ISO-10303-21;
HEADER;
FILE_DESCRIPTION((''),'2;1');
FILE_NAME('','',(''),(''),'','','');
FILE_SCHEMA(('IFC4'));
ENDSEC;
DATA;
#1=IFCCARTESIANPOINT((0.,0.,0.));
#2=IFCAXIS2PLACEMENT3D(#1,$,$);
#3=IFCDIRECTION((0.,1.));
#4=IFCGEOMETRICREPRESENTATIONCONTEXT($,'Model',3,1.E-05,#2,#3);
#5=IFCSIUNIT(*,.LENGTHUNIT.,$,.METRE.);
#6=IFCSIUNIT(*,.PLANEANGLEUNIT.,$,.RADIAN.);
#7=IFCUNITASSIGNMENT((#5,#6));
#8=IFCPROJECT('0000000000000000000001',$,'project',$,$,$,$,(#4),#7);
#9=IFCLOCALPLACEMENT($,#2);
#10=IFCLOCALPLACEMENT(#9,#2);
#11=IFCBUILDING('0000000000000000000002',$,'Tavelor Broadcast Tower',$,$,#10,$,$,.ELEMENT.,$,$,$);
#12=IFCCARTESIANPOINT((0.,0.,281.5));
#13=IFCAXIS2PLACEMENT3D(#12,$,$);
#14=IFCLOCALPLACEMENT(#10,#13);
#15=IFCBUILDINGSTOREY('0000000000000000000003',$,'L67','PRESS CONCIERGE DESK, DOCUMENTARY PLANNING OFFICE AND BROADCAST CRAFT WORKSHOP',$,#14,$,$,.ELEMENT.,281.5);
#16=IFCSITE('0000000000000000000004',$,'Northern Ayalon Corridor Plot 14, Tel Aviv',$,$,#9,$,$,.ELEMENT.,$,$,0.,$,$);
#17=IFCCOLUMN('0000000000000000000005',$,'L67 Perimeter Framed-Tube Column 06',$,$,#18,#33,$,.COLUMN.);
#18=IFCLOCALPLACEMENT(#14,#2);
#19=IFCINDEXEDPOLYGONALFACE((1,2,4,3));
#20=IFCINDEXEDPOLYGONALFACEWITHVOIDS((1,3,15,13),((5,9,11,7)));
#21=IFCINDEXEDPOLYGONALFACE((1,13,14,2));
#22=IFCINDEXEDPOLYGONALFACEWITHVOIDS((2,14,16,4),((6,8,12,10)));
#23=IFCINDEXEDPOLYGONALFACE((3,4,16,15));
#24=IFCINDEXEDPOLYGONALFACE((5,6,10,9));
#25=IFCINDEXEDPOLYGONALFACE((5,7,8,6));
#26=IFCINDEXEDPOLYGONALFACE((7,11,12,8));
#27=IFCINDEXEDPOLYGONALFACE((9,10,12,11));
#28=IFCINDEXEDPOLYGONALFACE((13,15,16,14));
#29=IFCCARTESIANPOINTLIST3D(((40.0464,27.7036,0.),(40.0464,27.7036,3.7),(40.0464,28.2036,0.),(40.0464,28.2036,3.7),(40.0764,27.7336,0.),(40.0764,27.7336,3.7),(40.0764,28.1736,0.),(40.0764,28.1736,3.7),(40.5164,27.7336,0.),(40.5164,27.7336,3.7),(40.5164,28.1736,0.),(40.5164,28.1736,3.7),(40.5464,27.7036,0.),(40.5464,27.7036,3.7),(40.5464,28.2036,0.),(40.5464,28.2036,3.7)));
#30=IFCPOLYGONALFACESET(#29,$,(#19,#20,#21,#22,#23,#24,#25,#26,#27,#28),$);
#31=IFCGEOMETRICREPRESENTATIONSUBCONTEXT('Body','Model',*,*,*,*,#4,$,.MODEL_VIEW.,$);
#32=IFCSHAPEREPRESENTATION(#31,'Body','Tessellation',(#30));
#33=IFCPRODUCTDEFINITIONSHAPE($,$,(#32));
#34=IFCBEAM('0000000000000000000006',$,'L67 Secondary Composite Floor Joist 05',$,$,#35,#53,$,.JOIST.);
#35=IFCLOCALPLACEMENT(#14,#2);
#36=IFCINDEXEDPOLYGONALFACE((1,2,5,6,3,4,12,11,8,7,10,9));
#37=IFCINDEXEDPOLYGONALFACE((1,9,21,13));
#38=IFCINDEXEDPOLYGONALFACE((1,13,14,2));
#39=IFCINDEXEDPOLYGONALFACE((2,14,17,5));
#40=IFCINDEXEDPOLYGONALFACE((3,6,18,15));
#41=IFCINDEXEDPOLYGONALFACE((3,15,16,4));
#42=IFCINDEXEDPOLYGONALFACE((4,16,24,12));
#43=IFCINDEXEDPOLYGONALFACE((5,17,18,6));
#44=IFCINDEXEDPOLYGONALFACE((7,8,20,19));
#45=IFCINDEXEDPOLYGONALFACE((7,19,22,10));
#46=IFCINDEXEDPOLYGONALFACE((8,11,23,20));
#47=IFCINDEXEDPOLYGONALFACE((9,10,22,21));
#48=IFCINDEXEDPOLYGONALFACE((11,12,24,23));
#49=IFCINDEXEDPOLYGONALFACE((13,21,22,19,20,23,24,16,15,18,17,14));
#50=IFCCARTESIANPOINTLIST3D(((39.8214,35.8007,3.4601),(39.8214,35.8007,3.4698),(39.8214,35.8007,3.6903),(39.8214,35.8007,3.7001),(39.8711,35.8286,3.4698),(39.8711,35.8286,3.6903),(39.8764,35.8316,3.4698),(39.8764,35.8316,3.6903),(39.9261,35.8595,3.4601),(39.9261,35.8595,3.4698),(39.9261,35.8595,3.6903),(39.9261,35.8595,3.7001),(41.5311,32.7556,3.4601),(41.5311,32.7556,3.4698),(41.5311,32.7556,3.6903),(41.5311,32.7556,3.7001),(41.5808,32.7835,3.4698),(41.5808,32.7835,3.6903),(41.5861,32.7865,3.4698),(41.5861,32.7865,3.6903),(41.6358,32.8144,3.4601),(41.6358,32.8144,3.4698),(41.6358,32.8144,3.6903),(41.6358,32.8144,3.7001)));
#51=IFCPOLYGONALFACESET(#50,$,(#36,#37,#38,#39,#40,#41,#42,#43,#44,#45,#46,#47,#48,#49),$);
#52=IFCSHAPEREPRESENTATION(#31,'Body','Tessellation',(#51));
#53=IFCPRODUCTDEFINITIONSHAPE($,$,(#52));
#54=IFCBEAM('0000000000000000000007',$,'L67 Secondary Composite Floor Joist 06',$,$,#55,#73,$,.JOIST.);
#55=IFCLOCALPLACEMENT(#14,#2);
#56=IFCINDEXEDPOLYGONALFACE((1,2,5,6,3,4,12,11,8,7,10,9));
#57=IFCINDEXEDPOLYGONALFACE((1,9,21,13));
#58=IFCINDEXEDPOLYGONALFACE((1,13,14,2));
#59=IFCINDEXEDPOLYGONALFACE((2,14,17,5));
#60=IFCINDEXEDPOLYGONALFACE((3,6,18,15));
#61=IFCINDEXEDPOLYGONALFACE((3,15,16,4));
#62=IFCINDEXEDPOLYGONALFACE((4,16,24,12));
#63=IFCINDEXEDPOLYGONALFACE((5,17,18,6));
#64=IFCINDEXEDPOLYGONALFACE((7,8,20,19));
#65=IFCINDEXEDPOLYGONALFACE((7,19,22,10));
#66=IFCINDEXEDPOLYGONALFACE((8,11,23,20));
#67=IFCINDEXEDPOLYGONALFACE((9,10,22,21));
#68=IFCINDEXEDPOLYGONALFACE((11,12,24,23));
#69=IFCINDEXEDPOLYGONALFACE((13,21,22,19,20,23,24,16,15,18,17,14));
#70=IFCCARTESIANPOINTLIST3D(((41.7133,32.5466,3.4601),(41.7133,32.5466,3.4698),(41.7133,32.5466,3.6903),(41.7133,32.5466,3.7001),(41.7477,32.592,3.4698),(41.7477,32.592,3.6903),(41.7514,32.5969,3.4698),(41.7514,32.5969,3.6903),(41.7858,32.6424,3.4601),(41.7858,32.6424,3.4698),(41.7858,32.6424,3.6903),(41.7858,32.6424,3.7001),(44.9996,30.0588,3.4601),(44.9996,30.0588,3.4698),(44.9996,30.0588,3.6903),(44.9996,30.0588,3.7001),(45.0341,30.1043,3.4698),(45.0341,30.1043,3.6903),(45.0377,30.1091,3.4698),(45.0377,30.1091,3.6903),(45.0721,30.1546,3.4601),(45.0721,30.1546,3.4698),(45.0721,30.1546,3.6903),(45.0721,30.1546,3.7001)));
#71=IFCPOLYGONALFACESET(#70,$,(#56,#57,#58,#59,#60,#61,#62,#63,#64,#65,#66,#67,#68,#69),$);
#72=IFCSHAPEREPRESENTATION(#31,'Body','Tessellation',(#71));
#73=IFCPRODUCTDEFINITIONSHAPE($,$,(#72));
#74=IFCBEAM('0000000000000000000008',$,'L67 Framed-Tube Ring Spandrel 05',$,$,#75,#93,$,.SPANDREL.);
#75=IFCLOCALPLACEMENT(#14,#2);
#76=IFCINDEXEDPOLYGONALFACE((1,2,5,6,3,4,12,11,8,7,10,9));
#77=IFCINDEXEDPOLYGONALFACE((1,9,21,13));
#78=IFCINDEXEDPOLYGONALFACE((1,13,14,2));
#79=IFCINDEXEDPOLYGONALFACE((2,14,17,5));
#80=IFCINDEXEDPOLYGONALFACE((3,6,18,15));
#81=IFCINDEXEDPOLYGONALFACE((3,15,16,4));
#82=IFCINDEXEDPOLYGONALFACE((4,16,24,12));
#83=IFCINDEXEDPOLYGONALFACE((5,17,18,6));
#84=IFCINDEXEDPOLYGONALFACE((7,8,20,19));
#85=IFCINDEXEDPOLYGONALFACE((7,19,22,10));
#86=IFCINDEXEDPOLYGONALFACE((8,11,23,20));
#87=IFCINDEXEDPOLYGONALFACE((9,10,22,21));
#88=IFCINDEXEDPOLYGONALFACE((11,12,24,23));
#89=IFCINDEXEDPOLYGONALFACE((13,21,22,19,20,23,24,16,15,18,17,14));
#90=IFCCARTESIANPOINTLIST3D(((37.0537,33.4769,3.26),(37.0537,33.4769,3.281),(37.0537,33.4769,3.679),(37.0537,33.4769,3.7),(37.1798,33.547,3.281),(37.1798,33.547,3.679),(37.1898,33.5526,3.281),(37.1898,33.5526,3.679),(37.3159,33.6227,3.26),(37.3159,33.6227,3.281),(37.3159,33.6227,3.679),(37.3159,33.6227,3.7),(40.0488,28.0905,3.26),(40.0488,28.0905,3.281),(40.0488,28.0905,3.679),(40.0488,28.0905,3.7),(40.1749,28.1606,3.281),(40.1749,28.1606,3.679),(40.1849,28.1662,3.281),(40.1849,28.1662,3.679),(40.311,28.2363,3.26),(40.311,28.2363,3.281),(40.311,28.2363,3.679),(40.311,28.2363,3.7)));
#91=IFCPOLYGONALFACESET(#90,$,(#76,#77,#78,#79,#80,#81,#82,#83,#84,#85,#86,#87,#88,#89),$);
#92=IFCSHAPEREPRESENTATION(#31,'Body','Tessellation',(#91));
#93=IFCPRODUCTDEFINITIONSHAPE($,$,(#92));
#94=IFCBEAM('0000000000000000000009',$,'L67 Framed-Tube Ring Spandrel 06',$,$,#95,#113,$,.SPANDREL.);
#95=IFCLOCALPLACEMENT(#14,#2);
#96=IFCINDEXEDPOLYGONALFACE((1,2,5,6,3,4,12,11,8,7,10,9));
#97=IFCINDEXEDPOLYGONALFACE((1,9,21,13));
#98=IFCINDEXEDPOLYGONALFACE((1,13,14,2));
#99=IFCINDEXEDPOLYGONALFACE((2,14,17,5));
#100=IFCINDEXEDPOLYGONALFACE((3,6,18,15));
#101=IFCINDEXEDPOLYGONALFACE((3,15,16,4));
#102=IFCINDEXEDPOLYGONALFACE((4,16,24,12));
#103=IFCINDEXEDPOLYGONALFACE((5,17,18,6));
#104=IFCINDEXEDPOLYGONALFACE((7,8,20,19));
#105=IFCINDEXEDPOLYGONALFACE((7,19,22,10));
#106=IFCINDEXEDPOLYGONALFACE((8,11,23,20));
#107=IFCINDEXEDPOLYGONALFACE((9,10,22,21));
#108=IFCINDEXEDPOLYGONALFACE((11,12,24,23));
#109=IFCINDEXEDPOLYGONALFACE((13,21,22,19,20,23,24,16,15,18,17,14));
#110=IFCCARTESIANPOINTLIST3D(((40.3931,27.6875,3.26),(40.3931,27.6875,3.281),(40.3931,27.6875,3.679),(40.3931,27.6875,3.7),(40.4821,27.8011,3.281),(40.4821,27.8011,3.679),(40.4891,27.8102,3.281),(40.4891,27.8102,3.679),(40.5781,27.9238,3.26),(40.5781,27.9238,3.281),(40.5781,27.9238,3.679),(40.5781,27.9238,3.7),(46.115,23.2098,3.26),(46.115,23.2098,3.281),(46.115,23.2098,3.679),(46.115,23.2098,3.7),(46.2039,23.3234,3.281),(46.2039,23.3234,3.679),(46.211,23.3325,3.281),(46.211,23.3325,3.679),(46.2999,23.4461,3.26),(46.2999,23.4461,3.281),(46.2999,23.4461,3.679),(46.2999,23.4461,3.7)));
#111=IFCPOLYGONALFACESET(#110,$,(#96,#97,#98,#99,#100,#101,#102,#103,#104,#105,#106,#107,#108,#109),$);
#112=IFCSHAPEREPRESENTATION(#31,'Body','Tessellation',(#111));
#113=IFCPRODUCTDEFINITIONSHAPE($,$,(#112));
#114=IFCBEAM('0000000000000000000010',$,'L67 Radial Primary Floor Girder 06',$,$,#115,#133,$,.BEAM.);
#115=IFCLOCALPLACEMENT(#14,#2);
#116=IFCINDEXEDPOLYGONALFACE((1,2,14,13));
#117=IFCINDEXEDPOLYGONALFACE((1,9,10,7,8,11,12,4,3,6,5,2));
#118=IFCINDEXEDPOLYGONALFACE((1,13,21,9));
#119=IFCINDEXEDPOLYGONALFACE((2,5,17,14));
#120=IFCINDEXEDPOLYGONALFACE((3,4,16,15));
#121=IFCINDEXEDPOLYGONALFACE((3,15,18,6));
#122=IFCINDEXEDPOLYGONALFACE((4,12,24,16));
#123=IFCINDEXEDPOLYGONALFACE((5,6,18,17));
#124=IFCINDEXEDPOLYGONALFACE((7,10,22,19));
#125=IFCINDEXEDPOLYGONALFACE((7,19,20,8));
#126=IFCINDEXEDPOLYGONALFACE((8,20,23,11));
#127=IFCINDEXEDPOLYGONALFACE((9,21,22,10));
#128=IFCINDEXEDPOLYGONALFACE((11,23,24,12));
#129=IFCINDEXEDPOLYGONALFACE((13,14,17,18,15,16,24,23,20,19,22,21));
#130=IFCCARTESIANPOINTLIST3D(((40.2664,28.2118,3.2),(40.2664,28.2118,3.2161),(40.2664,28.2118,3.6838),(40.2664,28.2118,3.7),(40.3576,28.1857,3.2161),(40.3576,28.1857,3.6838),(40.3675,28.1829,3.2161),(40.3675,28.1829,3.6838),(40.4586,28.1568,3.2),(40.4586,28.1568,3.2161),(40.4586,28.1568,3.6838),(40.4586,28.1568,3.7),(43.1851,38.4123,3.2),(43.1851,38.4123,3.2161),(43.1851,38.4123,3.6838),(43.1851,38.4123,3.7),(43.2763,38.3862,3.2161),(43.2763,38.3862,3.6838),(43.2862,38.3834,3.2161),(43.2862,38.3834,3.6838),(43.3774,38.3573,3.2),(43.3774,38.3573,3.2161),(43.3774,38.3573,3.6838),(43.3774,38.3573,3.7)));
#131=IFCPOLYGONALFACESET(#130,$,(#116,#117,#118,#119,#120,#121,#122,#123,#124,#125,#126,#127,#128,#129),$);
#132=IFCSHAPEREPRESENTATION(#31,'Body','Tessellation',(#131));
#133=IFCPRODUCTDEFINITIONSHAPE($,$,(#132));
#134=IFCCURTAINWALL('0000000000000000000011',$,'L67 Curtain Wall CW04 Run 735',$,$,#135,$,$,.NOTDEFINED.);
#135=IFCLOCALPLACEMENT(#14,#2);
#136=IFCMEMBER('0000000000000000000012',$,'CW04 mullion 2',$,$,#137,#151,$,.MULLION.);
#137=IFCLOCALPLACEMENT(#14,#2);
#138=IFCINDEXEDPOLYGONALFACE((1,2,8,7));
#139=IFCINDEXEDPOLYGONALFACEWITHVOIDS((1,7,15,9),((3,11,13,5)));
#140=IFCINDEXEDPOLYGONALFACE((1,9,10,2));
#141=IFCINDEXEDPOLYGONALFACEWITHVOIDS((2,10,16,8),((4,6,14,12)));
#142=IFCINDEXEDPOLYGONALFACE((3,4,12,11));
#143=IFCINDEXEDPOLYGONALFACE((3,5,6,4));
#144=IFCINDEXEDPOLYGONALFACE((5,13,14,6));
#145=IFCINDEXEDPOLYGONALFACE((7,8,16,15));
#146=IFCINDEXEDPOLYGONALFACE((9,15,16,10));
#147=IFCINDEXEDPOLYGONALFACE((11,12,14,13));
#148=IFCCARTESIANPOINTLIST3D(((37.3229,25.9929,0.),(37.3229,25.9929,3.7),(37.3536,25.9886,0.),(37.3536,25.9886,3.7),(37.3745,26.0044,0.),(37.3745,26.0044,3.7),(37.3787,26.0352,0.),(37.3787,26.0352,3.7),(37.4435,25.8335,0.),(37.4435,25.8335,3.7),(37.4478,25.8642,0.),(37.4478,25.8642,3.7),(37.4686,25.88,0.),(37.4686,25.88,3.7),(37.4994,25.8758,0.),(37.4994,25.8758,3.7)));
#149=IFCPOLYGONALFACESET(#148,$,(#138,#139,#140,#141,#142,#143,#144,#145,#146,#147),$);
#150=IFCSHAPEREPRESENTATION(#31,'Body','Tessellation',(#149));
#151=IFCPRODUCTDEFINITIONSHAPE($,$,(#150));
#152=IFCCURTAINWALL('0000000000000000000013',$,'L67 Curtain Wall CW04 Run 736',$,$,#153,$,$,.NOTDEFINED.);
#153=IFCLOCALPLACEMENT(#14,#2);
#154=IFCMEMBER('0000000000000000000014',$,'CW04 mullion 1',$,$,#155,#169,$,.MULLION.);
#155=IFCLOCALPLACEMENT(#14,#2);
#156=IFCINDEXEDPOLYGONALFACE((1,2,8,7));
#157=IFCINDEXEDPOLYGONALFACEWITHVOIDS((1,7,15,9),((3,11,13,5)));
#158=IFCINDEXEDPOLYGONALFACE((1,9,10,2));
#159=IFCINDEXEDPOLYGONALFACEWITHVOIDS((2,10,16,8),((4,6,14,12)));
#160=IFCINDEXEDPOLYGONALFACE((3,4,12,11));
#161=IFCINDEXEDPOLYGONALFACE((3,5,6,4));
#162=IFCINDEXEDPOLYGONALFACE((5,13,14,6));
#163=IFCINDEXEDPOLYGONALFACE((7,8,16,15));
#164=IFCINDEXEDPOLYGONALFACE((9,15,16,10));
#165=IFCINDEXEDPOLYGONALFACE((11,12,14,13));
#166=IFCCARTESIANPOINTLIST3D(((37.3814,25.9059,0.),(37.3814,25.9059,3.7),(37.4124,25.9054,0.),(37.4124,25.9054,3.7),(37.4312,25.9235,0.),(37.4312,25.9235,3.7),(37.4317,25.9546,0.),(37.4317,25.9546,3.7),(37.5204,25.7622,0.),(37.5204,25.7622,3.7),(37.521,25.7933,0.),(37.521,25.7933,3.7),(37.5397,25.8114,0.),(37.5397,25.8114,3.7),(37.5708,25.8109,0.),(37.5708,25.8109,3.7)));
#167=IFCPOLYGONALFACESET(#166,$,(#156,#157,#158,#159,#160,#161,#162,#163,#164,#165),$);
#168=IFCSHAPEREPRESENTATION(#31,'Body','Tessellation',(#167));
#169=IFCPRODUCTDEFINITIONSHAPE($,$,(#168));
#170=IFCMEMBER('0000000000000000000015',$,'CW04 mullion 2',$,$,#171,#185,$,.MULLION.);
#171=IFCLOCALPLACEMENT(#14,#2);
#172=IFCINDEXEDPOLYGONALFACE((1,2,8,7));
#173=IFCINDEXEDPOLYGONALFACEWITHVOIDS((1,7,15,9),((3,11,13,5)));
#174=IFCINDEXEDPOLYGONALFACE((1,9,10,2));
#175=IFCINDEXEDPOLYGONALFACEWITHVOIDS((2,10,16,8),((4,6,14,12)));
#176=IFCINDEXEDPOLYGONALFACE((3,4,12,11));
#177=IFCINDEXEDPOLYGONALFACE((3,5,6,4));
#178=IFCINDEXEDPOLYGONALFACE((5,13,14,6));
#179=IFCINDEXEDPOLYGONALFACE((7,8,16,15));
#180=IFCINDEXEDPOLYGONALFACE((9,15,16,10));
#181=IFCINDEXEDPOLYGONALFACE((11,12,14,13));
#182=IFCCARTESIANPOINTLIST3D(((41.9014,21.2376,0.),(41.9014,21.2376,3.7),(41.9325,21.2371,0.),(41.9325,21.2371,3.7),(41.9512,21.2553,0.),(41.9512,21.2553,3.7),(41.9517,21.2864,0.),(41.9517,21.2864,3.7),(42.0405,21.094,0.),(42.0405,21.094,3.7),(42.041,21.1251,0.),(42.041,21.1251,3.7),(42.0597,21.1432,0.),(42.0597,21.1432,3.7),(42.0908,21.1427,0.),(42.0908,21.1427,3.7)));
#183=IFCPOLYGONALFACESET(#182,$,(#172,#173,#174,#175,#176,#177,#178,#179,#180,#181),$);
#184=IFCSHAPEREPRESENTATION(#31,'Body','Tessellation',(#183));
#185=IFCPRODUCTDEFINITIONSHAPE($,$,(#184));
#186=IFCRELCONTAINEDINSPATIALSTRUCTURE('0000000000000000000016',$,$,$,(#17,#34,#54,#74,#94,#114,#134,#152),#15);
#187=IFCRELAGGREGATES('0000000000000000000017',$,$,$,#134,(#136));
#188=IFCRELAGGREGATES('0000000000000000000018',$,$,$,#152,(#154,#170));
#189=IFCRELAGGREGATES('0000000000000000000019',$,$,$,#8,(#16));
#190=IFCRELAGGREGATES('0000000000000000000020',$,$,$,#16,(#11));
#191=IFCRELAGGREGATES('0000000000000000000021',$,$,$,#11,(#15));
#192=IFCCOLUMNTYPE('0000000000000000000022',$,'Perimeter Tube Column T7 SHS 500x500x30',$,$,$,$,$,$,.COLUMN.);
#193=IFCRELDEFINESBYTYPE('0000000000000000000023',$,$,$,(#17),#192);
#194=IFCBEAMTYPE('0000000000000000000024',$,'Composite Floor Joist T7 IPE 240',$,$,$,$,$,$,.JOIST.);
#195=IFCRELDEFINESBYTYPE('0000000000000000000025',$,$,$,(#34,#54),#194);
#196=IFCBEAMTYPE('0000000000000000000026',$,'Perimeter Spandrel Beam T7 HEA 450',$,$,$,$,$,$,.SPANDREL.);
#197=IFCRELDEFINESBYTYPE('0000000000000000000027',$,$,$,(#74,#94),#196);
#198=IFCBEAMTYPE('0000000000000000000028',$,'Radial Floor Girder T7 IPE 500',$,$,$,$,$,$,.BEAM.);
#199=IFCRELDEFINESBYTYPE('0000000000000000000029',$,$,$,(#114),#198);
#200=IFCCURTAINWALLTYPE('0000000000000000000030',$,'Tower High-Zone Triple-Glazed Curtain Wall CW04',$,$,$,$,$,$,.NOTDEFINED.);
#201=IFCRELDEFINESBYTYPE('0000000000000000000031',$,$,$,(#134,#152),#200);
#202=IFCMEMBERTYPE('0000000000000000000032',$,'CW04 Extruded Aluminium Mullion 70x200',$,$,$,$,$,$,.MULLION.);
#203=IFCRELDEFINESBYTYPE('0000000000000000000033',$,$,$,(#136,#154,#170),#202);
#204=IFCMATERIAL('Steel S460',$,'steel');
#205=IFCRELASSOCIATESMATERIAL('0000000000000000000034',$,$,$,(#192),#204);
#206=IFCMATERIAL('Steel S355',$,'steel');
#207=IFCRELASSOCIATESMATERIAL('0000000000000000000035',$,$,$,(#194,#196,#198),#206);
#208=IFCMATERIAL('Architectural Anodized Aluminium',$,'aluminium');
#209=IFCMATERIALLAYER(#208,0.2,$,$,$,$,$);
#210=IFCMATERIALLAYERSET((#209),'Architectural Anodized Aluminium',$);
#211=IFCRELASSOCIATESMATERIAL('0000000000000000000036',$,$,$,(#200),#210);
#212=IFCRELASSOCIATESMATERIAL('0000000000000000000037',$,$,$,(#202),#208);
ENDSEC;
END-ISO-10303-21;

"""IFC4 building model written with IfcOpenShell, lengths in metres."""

from ifc_helpers import new_model, si_unit, direction, frame, origin, origin_2d, place, context, subcontext, project, spatial, hollow_rectangle, i_section, extrude, source, transform, mapped, material, layer, layer_set, material_profile, profile_set, type_object, type_shapes, element, aggregate, save


model = new_model("IFC4")

# Units and contexts
model_context = context("Model", 3, precision=1e-05, world=origin(), true_north=direction((0.0, 1.0)))
body_context = subcontext(model_context, "Body", "Model", "MODEL_VIEW")
ifc_project = project(units=[si_unit("LENGTHUNIT", "METRE"), si_unit("PLANEANGLEUNIT", "RADIAN")], contexts=[model_context])

# Site, building, storey
site_placement = place(None, origin())
site = spatial("IfcSite", under=ifc_project, at=site_placement, Name="Northern Ayalon Corridor Plot 14, Tel Aviv", CompositionType="ELEMENT", RefElevation=0.0)
building_placement = place(site_placement, origin())
building = spatial("IfcBuilding", under=site, at=building_placement, Name="Tavelor Broadcast Tower", CompositionType="ELEMENT")
storey_placement = place(building_placement, frame((0.0, 0.0, 281.5)))
storey = spatial("IfcBuildingStorey", under=building, at=storey_placement, Name="L67", Description="PRESS CONCIERGE DESK, DOCUMENTARY PLANNING OFFICE AND BROADCAST CRAFT WORKSHOP", CompositionType="ELEMENT", Elevation=281.5)

# Column
ifc_material_1 = material(Name="Steel S460", Category="steel")
ifc_material_profile_1 = material_profile(ifc_material_1, hollow_rectangle(XDim=0.5, YDim=0.5, WallThickness=0.03, at=origin_2d()), Name="SHS 500x500x30")
ifc_profile_set_1 = profile_set([ifc_material_profile_1], Name="Steel S460")
column_type = type_object("IfcColumnType", Name="Perimeter Tube Column T7 SHS 500x500x30", PredefinedType="COLUMN", material=ifc_profile_set_1)
column_placement = place(storey_placement, frame((40.2964, 27.9536, 0.0), z_axis=(0.0, 0.0, 1.0), x_axis=(1.0, 0.0, 0.0)))
element("IfcColumn", 1, at=column_placement, inside=storey, type_object=column_type, Name="L67 Perimeter Framed-Tube Column 06", PredefinedType="COLUMN", context=body_context, shape_type="SweptSolid", body=[
    extrude(hollow_rectangle(XDim=0.5, YDim=0.5, WallThickness=0.03, at=origin_2d()), origin(), (0.0, 0.0, 1.0), 3.7),
])

# Beams
ifc_material_2 = material(Name="Steel S355", Category="steel")
ifc_material_profile_2 = material_profile(ifc_material_2, i_section(OverallWidth=0.1201, OverallDepth=0.24, WebThickness=0.0061, FlangeThickness=0.0098, at=origin_2d()), Name="IPE 240")
ifc_profile_set_2 = profile_set([ifc_material_profile_2], Name="Steel S355")
beam_type_1 = type_object("IfcBeamType", Name="Composite Floor Joist T7 IPE 240", PredefinedType="JOIST", material=ifc_profile_set_2)
beam_1_placement = place(storey_placement, frame((39.8738, 35.8301, 3.5801), z_axis=(0.489567, -0.871965, 0.0), x_axis=(0.871965, 0.489567, 0.0)))
element("IfcBeam", 2, at=beam_1_placement, inside=storey, type_object=beam_type_1, Name="L67 Secondary Composite Floor Joist 05", PredefinedType="JOIST", context=body_context, shape_type="SweptSolid", body=[
    extrude(i_section(OverallWidth=0.1201, OverallDepth=0.24, WebThickness=0.0061, FlangeThickness=0.0098, at=origin_2d()), origin(), (0.0, 0.0, 1.0), 3.4922),
])
beam_2_placement = place(storey_placement, frame((41.7495, 32.5945, 3.5801), z_axis=(0.797312, -0.603567, 0.0), x_axis=(0.603567, 0.797312, 0.0)))
element("IfcBeam", 3, at=beam_2_placement, inside=storey, type_object=beam_type_1, Name="L67 Secondary Composite Floor Joist 06", PredefinedType="JOIST", context=body_context, shape_type="SweptSolid", body=[
    extrude(i_section(OverallWidth=0.1201, OverallDepth=0.24, WebThickness=0.0061, FlangeThickness=0.0098, at=origin_2d()), origin(), (0.0, 0.0, 1.0), 4.1218),
])
ifc_material_profile_3 = material_profile(ifc_material_2, i_section(OverallWidth=0.3, OverallDepth=0.4399, WebThickness=0.0115, FlangeThickness=0.021, at=origin_2d()), Name="HEA 450")
ifc_profile_set_3 = profile_set([ifc_material_profile_3], Name="Steel S355")
beam_type_2 = type_object("IfcBeamType", Name="Perimeter Spandrel Beam T7 HEA 450", PredefinedType="SPANDREL", material=ifc_profile_set_3)
beam_3_placement = place(storey_placement, frame((37.1848, 33.5498, 3.48), z_axis=(0.485969, -0.873976, 0.0), x_axis=(0.873976, 0.485969, 0.0)))
element("IfcBeam", 4, at=beam_3_placement, inside=storey, type_object=beam_type_2, Name="L67 Framed-Tube Ring Spandrel 05", PredefinedType="SPANDREL", context=body_context, shape_type="SweptSolid", body=[
    extrude(i_section(OverallWidth=0.3, OverallDepth=0.4399, WebThickness=0.0115, FlangeThickness=0.021, at=origin_2d()), origin(), (0.0, 0.0, 1.0), 6.1631),
])
beam_4_placement = place(storey_placement, frame((40.4856, 27.8057, 3.48), z_axis=(0.787521, -0.616287, 0.0), x_axis=(0.616287, 0.787521, 0.0)))
element("IfcBeam", 5, at=beam_4_placement, inside=storey, type_object=beam_type_2, Name="L67 Framed-Tube Ring Spandrel 06", PredefinedType="SPANDREL", context=body_context, shape_type="SweptSolid", body=[
    extrude(i_section(OverallWidth=0.3, OverallDepth=0.4399, WebThickness=0.0115, FlangeThickness=0.021, at=origin_2d()), origin(), (0.0, 0.0, 1.0), 7.2656),
])
ifc_material_profile_4 = material_profile(ifc_material_2, i_section(OverallWidth=0.2, OverallDepth=0.5, WebThickness=0.0103, FlangeThickness=0.0161, at=origin_2d()), Name="IPE 500")
ifc_profile_set_4 = profile_set([ifc_material_profile_4], Name="Steel S355")
beam_type_3 = type_object("IfcBeamType", Name="Radial Floor Girder T7 IPE 500", PredefinedType="BEAM", material=ifc_profile_set_4)
beam_5_placement = place(storey_placement, frame((43.2812, 38.3848, 3.45), z_axis=(-0.275095, -0.961417, 0.0), x_axis=(0.961417, -0.275095, 0.0)))
element("IfcBeam", 6, at=beam_5_placement, inside=storey, type_object=beam_type_3, Name="L67 Radial Primary Floor Girder 06", PredefinedType="BEAM", context=body_context, shape_type="SweptSolid", body=[
    extrude(i_section(OverallWidth=0.2, OverallDepth=0.5, WebThickness=0.0103, FlangeThickness=0.0161, at=origin_2d()), origin(), (0.0, 0.0, 1.0), 10.6099),
])

# Curtain wall, member
ifc_material_3 = material(Name="Architectural Anodized Aluminium", Category="aluminium")
ifc_layer_1 = layer(ifc_material_3, 0.2)
ifc_layer_set_1 = layer_set([ifc_layer_1], Name="Architectural Anodized Aluminium")
curtain_wall_type = type_object("IfcCurtainWallType", Name="Tower High-Zone Triple-Glazed Curtain Wall CW04", PredefinedType="NOTDEFINED", material=ifc_layer_set_1)
curtain_wall_1_placement = place(storey_placement, origin())
curtain_wall_1 = element("IfcCurtainWall", 7, at=curtain_wall_1_placement, inside=storey, type_object=curtain_wall_type, Name="L67 Curtain Wall CW04 Run 735", PredefinedType="NOTDEFINED")
ifc_material_profile_5 = material_profile(ifc_material_3, hollow_rectangle(XDim=0.0701, YDim=0.2, WallThickness=0.022, at=origin_2d()), Name="RHS 70x200x22")
ifc_profile_set_5 = profile_set([ifc_material_profile_5], Name="Architectural Anodized Aluminium")
member_type_1 = type_object("IfcMemberType", Name="CW04 Extruded Aluminium Mullion 70x200", PredefinedType="MULLION", material=ifc_profile_set_5)
shared_shape_1 = source(origin(), body_context, "Body", "SweptSolid", [
    extrude(hollow_rectangle(XDim=0.0701, YDim=0.2, WallThickness=0.022, at=origin_2d()), origin(), (0.0, 0.0, 1.0), 3.7),
])
type_shapes(member_type_1, [shared_shape_1])
member_1_placement = place(storey_placement, frame((37.4111, 25.9343, 0.0), z_axis=(0.0, 0.0, 1.0), x_axis=(0.797318, 0.603559, 0.0)))
member_1 = element("IfcMember", 8, at=member_1_placement, type_object=member_type_1, Name="CW04 mullion 2", PredefinedType="MULLION", context=body_context, shape_type="MappedRepresentation", body=[
    mapped(shared_shape_1, transform((0.0, 0.0, 0.0), scale=1.0)),
])
aggregate(curtain_wall_1, [member_1])

# Curtain wall, members
curtain_wall_2_placement = place(storey_placement, origin())
curtain_wall_2 = element("IfcCurtainWall", 9, at=curtain_wall_2_placement, inside=storey, type_object=curtain_wall_type, Name="L67 Curtain Wall CW04 Run 736", PredefinedType="NOTDEFINED")
member_2_placement = place(storey_placement, frame((37.4761, 25.8584, 0.0), z_axis=(0.0, 0.0, 1.0), x_axis=(0.718419, 0.695611, 0.0)))
member_2 = element("IfcMember", 10, at=member_2_placement, type_object=member_type_1, Name="CW04 mullion 1", PredefinedType="MULLION", context=body_context, shape_type="MappedRepresentation", body=[
    mapped(shared_shape_1, transform((0.0, 0.0, 0.0), scale=1.0)),
])
member_3_placement = place(storey_placement, frame((41.9961, 21.1902, 0.0), z_axis=(0.0, 0.0, 1.0), x_axis=(0.718419, 0.695611, 0.0)))
member_3 = element("IfcMember", 11, at=member_3_placement, type_object=member_type_1, Name="CW04 mullion 2", PredefinedType="MULLION", context=body_context, shape_type="MappedRepresentation", body=[
    mapped(shared_shape_1, transform((0.0, 0.0, 0.0), scale=1.0)),
])

aggregate(curtain_wall_2, [member_2, member_3])

save(model, "model.ifc")
